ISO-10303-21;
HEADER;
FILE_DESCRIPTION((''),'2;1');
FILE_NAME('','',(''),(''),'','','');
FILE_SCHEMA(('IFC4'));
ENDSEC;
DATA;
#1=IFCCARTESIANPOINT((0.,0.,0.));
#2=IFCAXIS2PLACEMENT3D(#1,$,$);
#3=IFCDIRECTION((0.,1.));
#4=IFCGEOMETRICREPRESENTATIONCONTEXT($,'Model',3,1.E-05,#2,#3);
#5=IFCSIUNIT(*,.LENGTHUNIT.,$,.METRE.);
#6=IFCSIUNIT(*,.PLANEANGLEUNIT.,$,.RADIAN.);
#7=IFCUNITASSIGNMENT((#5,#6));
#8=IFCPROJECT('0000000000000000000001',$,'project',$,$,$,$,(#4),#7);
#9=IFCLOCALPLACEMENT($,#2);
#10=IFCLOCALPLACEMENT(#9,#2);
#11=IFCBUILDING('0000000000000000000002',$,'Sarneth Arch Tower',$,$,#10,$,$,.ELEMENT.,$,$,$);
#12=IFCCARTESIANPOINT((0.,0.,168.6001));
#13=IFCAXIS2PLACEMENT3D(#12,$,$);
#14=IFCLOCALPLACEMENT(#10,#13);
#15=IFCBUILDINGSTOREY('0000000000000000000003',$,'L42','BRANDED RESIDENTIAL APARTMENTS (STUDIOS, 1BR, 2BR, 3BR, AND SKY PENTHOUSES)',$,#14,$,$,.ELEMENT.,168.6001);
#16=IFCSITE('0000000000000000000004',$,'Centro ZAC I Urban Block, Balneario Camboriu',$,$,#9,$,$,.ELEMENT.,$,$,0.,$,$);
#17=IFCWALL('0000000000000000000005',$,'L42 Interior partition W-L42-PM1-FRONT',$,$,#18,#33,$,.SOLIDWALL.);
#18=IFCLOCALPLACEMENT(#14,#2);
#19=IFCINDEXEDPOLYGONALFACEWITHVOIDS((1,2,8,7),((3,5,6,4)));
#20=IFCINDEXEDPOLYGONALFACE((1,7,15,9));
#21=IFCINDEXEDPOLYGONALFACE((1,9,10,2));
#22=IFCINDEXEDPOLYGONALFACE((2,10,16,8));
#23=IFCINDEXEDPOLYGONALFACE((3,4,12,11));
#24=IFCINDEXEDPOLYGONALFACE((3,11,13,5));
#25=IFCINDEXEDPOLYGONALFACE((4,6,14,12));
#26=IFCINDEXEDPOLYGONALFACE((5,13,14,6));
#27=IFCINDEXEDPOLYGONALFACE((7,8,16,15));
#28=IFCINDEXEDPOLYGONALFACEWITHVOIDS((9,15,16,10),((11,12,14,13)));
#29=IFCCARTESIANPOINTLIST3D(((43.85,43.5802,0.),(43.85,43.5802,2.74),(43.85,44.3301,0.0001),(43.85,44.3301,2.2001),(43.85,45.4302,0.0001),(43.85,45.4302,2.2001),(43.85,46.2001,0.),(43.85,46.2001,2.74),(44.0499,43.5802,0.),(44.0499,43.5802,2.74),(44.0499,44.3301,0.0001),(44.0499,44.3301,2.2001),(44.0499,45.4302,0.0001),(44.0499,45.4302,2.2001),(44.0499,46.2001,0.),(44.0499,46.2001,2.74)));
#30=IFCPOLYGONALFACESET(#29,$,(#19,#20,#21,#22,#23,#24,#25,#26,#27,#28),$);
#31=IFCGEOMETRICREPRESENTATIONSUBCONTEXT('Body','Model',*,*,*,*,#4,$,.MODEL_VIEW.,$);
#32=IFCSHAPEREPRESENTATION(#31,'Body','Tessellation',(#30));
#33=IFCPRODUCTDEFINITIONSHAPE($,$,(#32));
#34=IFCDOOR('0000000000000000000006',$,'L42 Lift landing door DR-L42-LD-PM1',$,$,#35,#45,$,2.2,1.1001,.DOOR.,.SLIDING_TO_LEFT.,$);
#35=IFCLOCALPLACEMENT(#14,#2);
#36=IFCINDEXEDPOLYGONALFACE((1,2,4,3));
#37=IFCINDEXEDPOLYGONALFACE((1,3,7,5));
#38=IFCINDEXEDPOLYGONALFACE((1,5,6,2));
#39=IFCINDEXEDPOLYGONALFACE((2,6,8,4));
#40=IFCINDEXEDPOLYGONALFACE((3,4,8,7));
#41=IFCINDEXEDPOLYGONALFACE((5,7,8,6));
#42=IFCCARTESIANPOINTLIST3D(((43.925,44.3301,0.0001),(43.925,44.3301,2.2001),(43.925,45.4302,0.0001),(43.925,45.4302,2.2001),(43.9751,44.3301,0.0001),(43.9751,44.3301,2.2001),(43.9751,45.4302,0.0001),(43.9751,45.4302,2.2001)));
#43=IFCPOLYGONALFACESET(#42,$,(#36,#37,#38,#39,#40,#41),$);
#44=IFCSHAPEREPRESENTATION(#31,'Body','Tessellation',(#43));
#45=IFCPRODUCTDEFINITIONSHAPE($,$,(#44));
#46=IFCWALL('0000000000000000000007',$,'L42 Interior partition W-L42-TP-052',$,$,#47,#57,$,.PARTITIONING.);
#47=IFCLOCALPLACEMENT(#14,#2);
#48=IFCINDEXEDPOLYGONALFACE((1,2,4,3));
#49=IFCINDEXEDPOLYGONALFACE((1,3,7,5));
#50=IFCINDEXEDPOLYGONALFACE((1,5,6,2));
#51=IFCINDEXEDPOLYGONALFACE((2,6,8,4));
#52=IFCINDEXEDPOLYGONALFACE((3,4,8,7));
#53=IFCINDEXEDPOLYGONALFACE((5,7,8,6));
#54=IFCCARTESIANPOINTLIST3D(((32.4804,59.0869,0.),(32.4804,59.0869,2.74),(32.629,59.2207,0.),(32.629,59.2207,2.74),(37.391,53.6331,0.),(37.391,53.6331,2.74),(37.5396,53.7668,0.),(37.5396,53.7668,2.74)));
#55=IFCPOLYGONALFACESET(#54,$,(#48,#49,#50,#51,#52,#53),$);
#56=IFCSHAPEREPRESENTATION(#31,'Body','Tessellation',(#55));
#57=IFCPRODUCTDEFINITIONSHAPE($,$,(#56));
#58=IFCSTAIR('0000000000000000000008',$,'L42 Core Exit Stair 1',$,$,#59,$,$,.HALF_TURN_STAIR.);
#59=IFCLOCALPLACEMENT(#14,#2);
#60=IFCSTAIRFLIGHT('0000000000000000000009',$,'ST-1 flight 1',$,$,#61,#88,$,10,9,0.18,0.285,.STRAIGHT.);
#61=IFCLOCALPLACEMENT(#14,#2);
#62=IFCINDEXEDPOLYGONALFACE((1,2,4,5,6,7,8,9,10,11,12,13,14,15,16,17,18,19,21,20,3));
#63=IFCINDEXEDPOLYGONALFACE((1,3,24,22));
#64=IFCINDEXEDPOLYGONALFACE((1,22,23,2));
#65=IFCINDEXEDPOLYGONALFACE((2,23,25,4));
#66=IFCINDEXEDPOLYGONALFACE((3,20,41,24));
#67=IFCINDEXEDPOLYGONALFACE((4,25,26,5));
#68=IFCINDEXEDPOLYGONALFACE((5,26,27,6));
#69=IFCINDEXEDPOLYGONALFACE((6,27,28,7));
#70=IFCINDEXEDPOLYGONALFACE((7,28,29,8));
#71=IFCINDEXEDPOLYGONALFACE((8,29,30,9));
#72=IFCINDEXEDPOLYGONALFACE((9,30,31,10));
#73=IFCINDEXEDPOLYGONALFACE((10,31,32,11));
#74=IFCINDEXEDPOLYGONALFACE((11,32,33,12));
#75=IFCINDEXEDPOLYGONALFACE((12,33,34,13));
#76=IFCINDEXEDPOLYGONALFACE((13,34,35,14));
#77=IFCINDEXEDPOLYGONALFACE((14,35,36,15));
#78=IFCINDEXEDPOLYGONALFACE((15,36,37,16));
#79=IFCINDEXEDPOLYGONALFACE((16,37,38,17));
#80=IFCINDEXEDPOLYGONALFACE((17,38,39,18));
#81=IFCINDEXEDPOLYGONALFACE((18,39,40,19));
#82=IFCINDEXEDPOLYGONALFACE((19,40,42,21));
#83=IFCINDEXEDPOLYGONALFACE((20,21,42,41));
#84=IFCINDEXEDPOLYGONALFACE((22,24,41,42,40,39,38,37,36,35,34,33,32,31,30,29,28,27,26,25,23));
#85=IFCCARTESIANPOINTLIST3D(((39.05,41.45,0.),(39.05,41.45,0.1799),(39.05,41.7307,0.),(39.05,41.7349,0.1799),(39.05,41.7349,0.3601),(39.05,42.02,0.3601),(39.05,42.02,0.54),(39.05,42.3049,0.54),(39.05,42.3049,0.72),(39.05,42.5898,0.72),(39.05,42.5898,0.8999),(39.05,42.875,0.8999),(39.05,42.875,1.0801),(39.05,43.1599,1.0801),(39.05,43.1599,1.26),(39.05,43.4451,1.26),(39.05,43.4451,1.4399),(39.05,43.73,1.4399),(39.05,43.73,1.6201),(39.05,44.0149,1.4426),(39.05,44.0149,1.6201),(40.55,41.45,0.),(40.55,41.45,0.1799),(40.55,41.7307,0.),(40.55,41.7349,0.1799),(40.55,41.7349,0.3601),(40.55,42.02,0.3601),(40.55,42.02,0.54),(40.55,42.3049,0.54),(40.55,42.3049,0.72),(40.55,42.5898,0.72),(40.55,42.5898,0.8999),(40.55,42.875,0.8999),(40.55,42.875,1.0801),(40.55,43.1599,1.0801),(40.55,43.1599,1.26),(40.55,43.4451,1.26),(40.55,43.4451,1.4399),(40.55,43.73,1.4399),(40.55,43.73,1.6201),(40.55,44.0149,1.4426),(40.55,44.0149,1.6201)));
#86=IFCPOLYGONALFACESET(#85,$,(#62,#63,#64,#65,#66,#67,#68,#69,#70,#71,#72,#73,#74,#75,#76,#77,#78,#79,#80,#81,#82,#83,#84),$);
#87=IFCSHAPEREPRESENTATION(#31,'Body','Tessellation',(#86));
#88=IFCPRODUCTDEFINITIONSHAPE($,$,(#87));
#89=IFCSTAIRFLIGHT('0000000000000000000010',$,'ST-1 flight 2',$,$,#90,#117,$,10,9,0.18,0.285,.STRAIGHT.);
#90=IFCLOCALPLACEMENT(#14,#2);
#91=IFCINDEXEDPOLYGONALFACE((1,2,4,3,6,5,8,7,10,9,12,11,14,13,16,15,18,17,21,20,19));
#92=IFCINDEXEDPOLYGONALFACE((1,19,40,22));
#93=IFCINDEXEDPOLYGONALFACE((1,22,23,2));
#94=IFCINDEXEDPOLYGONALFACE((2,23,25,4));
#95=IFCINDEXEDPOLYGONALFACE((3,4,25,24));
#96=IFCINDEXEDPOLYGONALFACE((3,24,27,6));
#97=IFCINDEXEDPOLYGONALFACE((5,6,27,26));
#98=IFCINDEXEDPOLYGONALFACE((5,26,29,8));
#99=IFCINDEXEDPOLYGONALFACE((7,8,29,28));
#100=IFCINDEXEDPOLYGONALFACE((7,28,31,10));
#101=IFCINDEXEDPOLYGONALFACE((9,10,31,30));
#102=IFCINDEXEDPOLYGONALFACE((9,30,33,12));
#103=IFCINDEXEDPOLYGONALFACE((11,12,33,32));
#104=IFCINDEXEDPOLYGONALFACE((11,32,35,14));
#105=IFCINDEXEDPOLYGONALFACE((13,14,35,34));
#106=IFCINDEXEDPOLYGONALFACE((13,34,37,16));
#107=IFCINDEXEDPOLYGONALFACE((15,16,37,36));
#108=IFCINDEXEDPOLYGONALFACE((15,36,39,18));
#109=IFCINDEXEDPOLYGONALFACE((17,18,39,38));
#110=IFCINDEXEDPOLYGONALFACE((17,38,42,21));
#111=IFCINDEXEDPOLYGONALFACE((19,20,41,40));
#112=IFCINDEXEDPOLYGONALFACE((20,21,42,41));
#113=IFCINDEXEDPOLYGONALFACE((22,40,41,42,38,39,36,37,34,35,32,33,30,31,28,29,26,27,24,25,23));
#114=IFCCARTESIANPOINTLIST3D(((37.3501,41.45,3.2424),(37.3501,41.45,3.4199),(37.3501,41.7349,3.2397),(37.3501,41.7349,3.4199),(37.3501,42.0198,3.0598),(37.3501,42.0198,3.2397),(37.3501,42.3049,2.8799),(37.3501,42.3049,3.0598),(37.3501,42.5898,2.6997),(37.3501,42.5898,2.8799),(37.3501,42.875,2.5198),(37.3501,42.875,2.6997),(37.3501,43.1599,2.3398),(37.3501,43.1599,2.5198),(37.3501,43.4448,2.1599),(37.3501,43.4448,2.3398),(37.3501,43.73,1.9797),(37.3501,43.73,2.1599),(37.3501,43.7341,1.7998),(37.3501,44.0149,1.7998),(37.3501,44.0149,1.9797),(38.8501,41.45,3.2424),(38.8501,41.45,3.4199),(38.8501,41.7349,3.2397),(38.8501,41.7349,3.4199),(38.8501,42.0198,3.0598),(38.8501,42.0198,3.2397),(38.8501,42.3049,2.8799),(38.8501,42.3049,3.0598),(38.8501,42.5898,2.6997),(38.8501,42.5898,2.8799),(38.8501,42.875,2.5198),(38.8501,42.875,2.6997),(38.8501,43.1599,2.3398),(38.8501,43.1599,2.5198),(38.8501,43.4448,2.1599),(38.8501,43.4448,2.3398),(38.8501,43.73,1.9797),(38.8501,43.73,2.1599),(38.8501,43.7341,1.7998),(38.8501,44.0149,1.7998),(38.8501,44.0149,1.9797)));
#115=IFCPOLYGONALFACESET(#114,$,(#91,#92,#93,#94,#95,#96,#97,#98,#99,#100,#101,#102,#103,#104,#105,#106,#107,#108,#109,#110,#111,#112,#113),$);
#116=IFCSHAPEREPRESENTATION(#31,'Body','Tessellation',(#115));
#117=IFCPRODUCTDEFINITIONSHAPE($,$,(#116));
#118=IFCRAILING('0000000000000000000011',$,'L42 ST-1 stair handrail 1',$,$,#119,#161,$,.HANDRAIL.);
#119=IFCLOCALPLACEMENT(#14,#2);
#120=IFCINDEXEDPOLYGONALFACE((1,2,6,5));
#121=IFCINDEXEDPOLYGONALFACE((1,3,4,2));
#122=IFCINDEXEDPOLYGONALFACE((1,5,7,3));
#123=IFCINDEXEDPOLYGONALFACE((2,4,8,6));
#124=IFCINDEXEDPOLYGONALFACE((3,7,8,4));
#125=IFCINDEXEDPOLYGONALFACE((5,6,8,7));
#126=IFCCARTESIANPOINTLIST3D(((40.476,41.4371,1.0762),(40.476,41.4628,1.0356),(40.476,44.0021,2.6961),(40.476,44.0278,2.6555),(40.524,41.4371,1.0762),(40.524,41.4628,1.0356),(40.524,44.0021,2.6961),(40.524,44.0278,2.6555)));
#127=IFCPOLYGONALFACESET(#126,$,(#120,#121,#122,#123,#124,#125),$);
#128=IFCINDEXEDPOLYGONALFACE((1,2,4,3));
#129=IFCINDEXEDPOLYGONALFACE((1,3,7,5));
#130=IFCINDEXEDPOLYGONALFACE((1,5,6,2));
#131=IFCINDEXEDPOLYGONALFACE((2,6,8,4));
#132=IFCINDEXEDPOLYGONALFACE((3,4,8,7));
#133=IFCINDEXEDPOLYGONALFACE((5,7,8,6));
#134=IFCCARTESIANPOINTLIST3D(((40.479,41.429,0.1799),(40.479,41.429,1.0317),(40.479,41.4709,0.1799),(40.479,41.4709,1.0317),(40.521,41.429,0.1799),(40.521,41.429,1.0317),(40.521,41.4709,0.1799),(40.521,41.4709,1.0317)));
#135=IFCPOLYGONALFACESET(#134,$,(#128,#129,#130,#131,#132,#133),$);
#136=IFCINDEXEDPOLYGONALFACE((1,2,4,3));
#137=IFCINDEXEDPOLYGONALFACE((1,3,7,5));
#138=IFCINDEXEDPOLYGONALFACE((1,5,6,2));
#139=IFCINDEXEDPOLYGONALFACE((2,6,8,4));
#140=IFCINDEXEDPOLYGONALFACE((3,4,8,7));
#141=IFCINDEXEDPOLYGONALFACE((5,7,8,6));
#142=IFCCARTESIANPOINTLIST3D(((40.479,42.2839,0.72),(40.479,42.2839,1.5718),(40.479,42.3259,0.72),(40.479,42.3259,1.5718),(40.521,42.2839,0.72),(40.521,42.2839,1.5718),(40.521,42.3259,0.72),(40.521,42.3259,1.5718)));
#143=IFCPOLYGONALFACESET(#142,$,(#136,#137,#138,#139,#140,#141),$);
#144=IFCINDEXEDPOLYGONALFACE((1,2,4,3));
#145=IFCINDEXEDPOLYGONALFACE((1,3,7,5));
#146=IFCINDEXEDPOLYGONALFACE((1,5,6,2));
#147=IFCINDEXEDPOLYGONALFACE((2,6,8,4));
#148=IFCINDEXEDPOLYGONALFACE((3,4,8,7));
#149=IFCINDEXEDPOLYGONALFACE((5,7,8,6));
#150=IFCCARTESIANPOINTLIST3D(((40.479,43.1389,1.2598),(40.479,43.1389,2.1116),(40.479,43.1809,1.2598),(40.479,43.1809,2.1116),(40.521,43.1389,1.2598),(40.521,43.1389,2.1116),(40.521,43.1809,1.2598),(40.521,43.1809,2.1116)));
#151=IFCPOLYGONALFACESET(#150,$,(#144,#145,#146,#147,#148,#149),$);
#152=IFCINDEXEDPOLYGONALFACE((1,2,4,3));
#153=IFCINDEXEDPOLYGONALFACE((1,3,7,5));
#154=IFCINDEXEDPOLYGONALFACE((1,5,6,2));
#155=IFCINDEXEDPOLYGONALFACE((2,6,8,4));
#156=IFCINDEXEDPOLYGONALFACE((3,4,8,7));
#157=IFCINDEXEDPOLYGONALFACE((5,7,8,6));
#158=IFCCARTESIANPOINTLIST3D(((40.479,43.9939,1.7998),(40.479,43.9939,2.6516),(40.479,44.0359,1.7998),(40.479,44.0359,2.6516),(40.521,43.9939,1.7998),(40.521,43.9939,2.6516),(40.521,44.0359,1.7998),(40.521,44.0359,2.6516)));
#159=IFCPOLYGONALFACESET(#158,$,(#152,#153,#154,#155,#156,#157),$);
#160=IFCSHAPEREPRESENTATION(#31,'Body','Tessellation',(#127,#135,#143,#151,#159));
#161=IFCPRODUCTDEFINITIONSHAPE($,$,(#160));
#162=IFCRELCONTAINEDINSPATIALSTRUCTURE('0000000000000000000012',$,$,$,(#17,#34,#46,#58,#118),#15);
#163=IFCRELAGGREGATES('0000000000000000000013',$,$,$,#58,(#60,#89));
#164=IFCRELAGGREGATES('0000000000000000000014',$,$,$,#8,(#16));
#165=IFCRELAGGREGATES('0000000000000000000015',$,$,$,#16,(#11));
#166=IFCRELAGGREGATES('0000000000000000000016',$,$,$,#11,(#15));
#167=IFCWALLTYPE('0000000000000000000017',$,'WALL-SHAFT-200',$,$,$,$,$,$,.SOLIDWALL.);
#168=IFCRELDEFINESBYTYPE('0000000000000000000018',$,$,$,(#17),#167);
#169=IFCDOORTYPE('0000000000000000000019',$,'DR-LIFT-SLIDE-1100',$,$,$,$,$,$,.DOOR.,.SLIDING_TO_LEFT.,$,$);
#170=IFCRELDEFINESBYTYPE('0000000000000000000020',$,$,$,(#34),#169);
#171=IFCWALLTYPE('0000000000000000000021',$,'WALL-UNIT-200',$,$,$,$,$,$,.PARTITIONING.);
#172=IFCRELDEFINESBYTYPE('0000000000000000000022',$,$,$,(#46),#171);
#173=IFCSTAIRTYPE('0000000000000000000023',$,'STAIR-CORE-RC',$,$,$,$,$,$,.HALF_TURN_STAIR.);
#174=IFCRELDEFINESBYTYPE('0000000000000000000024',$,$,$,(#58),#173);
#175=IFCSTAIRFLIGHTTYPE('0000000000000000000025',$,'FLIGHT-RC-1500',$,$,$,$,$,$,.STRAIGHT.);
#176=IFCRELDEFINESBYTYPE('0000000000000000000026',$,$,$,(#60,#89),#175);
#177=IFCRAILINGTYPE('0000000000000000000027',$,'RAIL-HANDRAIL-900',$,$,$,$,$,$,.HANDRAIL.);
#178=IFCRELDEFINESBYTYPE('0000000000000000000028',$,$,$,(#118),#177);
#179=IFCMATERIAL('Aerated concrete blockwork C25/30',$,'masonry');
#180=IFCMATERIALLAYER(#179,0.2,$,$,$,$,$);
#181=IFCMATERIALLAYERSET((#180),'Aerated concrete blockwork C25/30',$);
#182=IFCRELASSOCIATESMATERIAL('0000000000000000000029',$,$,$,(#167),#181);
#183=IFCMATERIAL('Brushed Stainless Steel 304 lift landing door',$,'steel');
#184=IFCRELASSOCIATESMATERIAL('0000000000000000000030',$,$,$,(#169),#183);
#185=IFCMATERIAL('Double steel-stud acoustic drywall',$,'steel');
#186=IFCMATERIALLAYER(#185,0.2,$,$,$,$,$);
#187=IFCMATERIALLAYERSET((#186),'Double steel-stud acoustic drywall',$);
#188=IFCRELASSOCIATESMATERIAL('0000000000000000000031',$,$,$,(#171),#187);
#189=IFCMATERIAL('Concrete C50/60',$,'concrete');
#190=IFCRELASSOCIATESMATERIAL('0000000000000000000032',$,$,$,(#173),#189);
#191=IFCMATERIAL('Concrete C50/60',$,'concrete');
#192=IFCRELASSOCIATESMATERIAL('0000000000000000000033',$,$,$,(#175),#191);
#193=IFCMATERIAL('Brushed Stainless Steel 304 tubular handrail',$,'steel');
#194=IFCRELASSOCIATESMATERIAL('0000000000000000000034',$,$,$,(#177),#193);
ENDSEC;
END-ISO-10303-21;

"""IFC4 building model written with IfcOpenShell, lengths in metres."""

from ifc_helpers import new_model, si_unit, direction, frame, frame_2d, origin, origin_2d, place, context, subcontext, project, spatial, polyline, rectangle, outline, extrude, material, layer, layer_set, type_object, element, fill, aggregate, save


model = new_model("IFC4")

# Units and contexts
model_context = context("Model", 3, precision=1e-05, world=origin(), true_north=direction((0.0, 1.0)))
body_context = subcontext(model_context, "Body", "Model", "MODEL_VIEW")
ifc_project = project(units=[si_unit("LENGTHUNIT", "METRE"), si_unit("PLANEANGLEUNIT", "RADIAN")], contexts=[model_context])

# Site, building, storey
site_placement = place(None, origin())
site = spatial("IfcSite", under=ifc_project, at=site_placement, Name="Centro ZAC I Urban Block, Balneario Camboriu", CompositionType="ELEMENT", RefElevation=0.0)
building_placement = place(site_placement, origin())
building = spatial("IfcBuilding", under=site, at=building_placement, Name="Sarneth Arch Tower", CompositionType="ELEMENT")
storey_placement = place(building_placement, frame((0.0, 0.0, 168.6001)))
storey = spatial("IfcBuildingStorey", under=building, at=storey_placement, Name="L42", Description="BRANDED RESIDENTIAL APARTMENTS (STUDIOS, 1BR, 2BR, 3BR, AND SKY PENTHOUSES)", CompositionType="ELEMENT", Elevation=168.6001)

# Shared definitions
ifc_material_1 = material(Name="Aerated concrete blockwork C25/30", Category="masonry")
ifc_layer_1 = layer(ifc_material_1, 0.2)
ifc_layer_set_1 = layer_set([ifc_layer_1], Name="Aerated concrete blockwork C25/30")
wall_type_1 = type_object("IfcWallType", Name="WALL-SHAFT-200", PredefinedType="SOLIDWALL", material=ifc_layer_set_1)

# Wall, opening, door
wall_1_placement = place(storey_placement, frame((43.95, 43.5801, 0.0), z_axis=(0.0, 0.0, 1.0), x_axis=(0.0, 1.0, 0.0)))
wall_1 = element("IfcWall", 1, at=wall_1_placement, inside=storey, type_object=wall_type_1, Name="L42 Interior partition W-L42-PM1-FRONT", PredefinedType="SOLIDWALL", context=body_context, shape_type="SweptSolid", body=[
    extrude(rectangle(XDim=2.6199, YDim=0.2, at=frame_2d((1.3101, 0.0))), origin(), (0.0, 0.0, 1.0), 2.74),
])
opening_1_placement = place(wall_1_placement, frame((0.75, 0.0, 0.0)))
opening_1 = element("IfcOpeningElement", 2, at=opening_1_placement, cuts=wall_1, PredefinedType="OPENING", context=body_context, shape_type="SweptSolid", body=[
    extrude(rectangle(XDim=1.1001, YDim=2.2, at=frame_2d((0.55, 1.1001))), frame((0.0, 0.1099, 0.0), z_axis=(0.0, -1.0, 0.0), x_axis=(1.0, 0.0, 0.0)), (0.0, 0.0, 1.0), 0.22),
])
ifc_material_2 = material(Name="Brushed Stainless Steel 304 lift landing door", Category="steel")
door_type_1 = type_object("IfcDoorType", Name="DR-LIFT-SLIDE-1100", OperationType="SLIDING_TO_LEFT", PredefinedType="DOOR", material=ifc_material_2)
door_1_placement = place(opening_1_placement, origin())
door_1 = element("IfcDoor", 3, at=door_1_placement, inside=storey, type_object=door_type_1, Name="L42 Lift landing door DR-L42-LD-PM1", OperationType="SLIDING_TO_LEFT", OverallHeight=2.2, OverallWidth=1.1001, PredefinedType="DOOR", context=body_context, shape_type="SweptSolid", body=[
    extrude(rectangle(XDim=1.1001, YDim=2.2, at=frame_2d((0.55, 1.1001))), frame((0.0, 0.0249, 0.0), z_axis=(0.0, -1.0, 0.0), x_axis=(1.0, 0.0, 0.0)), (0.0, 0.0, 1.0), 0.05),
])
fill(opening_1, door_1)

# Wall
ifc_material_3 = material(Name="Double steel-stud acoustic drywall", Category="steel")
ifc_layer_2 = layer(ifc_material_3, 0.2)
ifc_layer_set_2 = layer_set([ifc_layer_2], Name="Double steel-stud acoustic drywall")
wall_type_2 = type_object("IfcWallType", Name="WALL-UNIT-200", PredefinedType="PARTITIONING", material=ifc_layer_set_2)
wall_2_placement = place(storey_placement, frame((37.4653, 53.7, 0.0), z_axis=(0.0, 0.0, 1.0), x_axis=(-0.669128, 0.743147, 0.0)))
element("IfcWall", 4, at=wall_2_placement, inside=storey, type_object=wall_type_2, Name="L42 Interior partition W-L42-TP-052", PredefinedType="PARTITIONING", context=body_context, shape_type="SweptSolid", body=[
    extrude(rectangle(XDim=7.3389, YDim=0.2, at=frame_2d((3.6694, 0.0))), origin(), (0.0, 0.0, 1.0), 2.74),
])

# Stair, stair flights
ifc_material_4 = material(Name="Concrete C50/60", Category="concrete")
stair_type = type_object("IfcStairType", Name="STAIR-CORE-RC", PredefinedType="HALF_TURN_STAIR", material=ifc_material_4)
stair_placement = place(storey_placement, origin())
stair = element("IfcStair", 5, at=stair_placement, inside=storey, type_object=stair_type, Name="L42 Core Exit Stair 1", PredefinedType="HALF_TURN_STAIR")
ifc_material_5 = material(Name="Concrete C50/60", Category="concrete")
stair_flight_type = type_object("IfcStairFlightType", Name="FLIGHT-RC-1500", PredefinedType="STRAIGHT", material=ifc_material_5)
stair_flight_1_placement = place(storey_placement, frame((39.8, 41.45, 0.0), z_axis=(0.0, 0.0, 1.0), x_axis=(0.0, 1.0, 0.0)))
stair_flight_1 = element("IfcStairFlight", 6, at=stair_flight_1_placement, type_object=stair_flight_type, Name="ST-1 flight 1", NumberOfRisers=10, NumberOfTreads=9, PredefinedType="STRAIGHT", RiserHeight=0.18, TreadLength=0.285, context=body_context, shape_type="SweptSolid", body=[
    extrude(outline(polyline([(0.0, 0.0), (0.0, 0.1799), (0.2849, 0.1799), (0.2849, 0.3601), (0.5701, 0.3601), (0.5701, 0.54), (0.855, 0.54), (0.855, 0.72), (1.1399, 0.72), (1.1399, 0.8999), (1.425, 0.8999), (1.425, 1.0801), (1.71, 1.0801), (1.71, 1.26), (1.9951, 1.26), (1.9951, 1.4399), (2.28, 1.4399), (2.28, 1.6201), (2.5649, 1.6201), (2.5649, 1.8), (2.5649, 1.4426), (0.2808, 0.0), (0.0, 0.0)])), frame((0.0, 0.75, 0.0), z_axis=(0.0, -1.0, 0.0), x_axis=(1.0, 0.0, 0.0)), (0.0, 0.0, 1.0), 1.5),
])
stair_flight_2_placement = place(storey_placement, frame((38.1001, 44.0149, 1.7998), z_axis=(0.0, 0.0, 1.0), x_axis=(0.0, -1.0, 0.0)))
stair_flight_2 = element("IfcStairFlight", 7, at=stair_flight_2_placement, type_object=stair_flight_type, Name="ST-1 flight 2", NumberOfRisers=10, NumberOfTreads=9, PredefinedType="STRAIGHT", RiserHeight=0.18, TreadLength=0.285, context=body_context, shape_type="SweptSolid", body=[
    extrude(outline(polyline([(0.0, 0.0), (0.0, 0.1799), (0.2849, 0.1799), (0.2849, 0.3601), (0.5701, 0.3601), (0.5701, 0.54), (0.855, 0.54), (0.855, 0.72), (1.1399, 0.72), (1.1399, 0.8999), (1.425, 0.8999), (1.425, 1.0801), (1.71, 1.0801), (1.71, 1.26), (1.9951, 1.26), (1.9951, 1.4399), (2.28, 1.4399), (2.28, 1.6201), (2.5649, 1.6201), (2.5649, 1.8), (2.5649, 1.4426), (0.2808, 0.0), (0.0, 0.0)])), frame((0.0, 0.75, 0.0), z_axis=(0.0, -1.0, 0.0), x_axis=(1.0, 0.0, 0.0)), (0.0, 0.0, 1.0), 1.5),
])
aggregate(stair, [stair_flight_1, stair_flight_2])

# Railing
ifc_material_6 = material(Name="Brushed Stainless Steel 304 tubular handrail", Category="steel")
railing_type_1 = type_object("IfcRailingType", Name="RAIL-HANDRAIL-900", PredefinedType="HANDRAIL", material=ifc_material_6)
railing_1_placement = place(storey_placement, frame((40.5, 41.45, 0.1799)))
element("IfcRailing", 8, at=railing_1_placement, inside=storey, type_object=railing_type_1, Name="L42 ST-1 stair handrail 1", PredefinedType="HANDRAIL", context=body_context, shape_type="SweptSolid", body=[
    extrude(rectangle(XDim=0.0481, YDim=0.0481, at=origin_2d()), frame((0.0, 0.0, 0.876), z_axis=(0.0, 0.845502, 0.533972), x_axis=(-1.0, 0.0, 0.0)), (0.0, 0.0, 1.0), 3.0337),
    extrude(rectangle(XDim=0.042, YDim=0.042, at=origin_2d()), origin(), (0.0, 0.0, 1.0), 0.8518),
    extrude(rectangle(XDim=0.042, YDim=0.042, at=origin_2d()), frame((0.0, 0.855, 0.54)), (0.0, 0.0, 1.0), 0.8518),
    extrude(rectangle(XDim=0.042, YDim=0.042, at=origin_2d()), frame((0.0, 1.71, 1.0798)), (0.0, 0.0, 1.0), 0.8518),
    extrude(rectangle(XDim=0.042, YDim=0.042, at=origin_2d()), frame((0.0, 2.5649, 1.6199)), (0.0, 0.0, 1.0), 0.8518),
])

save(model, "model.ifc")
